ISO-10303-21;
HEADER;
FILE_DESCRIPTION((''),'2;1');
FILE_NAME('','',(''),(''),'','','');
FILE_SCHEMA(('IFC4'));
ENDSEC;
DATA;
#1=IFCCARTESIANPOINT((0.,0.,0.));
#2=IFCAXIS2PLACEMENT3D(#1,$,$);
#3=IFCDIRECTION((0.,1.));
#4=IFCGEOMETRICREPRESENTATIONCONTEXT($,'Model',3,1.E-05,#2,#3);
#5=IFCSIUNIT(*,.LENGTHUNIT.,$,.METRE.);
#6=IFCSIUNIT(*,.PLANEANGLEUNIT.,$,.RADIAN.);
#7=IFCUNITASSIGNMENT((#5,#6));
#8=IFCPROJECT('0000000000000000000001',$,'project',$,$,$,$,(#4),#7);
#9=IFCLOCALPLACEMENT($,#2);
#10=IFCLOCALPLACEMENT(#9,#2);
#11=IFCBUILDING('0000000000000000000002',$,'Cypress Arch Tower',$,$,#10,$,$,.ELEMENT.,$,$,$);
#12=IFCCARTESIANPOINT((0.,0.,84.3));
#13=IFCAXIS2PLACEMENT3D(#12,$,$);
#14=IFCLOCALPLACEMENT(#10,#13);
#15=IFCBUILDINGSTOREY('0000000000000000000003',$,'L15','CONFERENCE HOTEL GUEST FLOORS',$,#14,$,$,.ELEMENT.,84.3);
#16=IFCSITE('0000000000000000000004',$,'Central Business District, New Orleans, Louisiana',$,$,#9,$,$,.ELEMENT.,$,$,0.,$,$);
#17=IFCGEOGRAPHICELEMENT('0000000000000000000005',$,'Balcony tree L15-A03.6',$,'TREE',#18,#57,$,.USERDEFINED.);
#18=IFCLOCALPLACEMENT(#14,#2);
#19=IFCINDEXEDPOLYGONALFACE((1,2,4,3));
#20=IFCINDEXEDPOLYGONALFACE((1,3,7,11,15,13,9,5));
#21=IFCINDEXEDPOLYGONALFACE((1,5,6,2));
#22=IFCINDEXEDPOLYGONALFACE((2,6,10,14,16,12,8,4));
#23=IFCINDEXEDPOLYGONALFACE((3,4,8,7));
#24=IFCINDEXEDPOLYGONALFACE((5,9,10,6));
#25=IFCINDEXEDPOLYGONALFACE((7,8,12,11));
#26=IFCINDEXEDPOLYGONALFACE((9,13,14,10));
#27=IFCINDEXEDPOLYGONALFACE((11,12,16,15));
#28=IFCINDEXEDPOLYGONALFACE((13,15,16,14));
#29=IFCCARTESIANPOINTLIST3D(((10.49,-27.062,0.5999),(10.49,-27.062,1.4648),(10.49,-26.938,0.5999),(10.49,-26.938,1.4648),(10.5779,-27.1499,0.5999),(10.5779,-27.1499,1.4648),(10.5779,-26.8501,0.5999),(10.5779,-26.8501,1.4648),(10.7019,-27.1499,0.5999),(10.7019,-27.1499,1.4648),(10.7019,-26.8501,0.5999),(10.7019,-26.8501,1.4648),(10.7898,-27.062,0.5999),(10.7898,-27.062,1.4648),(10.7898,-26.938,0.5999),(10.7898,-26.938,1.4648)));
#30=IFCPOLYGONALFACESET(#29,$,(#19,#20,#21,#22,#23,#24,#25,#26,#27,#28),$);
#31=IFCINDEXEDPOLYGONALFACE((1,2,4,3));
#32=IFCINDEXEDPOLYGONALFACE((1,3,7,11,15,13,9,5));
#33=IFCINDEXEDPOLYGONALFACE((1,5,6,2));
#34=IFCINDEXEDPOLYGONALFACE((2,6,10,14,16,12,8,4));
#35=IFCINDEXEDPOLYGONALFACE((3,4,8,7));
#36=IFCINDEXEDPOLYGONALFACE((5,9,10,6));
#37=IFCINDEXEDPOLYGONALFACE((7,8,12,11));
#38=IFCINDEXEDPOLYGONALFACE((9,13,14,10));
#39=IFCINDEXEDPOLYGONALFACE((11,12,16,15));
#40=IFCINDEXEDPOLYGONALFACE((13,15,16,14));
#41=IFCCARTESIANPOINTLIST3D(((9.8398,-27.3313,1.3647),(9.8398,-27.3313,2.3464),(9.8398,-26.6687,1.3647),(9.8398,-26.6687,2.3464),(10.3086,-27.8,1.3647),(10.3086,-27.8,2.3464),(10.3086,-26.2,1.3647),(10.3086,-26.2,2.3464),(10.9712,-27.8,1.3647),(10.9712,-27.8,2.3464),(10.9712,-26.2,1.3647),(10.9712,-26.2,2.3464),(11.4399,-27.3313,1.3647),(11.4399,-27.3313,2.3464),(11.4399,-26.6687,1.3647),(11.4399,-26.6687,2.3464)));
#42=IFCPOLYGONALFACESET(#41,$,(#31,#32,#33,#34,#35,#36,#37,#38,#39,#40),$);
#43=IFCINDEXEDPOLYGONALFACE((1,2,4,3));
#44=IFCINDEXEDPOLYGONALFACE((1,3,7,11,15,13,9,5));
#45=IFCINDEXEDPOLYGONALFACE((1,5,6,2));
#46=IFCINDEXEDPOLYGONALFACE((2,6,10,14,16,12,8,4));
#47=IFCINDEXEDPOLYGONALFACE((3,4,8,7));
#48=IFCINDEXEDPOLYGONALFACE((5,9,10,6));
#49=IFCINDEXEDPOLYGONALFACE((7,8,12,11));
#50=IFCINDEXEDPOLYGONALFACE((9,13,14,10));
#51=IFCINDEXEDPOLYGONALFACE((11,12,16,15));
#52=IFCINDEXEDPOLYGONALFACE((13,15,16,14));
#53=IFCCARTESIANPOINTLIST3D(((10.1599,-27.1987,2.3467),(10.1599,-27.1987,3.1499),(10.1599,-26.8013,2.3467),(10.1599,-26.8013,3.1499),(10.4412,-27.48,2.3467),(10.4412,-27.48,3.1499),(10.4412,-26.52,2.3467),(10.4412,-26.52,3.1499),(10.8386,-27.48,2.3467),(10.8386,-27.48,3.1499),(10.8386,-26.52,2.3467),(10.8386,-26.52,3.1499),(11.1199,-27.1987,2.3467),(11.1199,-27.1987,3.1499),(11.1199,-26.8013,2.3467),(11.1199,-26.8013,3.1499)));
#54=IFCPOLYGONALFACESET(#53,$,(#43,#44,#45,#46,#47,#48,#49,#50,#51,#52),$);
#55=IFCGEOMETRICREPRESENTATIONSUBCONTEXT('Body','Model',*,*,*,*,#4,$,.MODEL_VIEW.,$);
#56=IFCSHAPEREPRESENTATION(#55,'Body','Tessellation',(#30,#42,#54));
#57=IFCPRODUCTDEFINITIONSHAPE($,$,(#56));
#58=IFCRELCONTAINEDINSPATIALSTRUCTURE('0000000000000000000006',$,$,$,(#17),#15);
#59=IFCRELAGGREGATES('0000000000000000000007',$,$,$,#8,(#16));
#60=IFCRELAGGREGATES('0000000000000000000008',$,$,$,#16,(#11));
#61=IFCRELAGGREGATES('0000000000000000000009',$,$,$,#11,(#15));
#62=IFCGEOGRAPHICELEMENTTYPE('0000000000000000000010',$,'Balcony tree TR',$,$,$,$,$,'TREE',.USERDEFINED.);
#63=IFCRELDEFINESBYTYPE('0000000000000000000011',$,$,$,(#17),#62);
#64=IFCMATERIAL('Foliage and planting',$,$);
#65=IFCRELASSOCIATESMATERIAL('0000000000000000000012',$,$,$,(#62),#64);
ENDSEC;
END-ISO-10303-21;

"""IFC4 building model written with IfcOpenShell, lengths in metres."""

from ifc_helpers import new_model, si_unit, direction, frame, origin, place, context, subcontext, project, spatial, polyline, outline, extrude, material, type_object, element, save


model = new_model("IFC4")

# Units and contexts
model_context = context("Model", 3, precision=1e-05, world=origin(), true_north=direction((0.0, 1.0)))
body_context = subcontext(model_context, "Body", "Model", "MODEL_VIEW")
ifc_project = project(units=[si_unit("LENGTHUNIT", "METRE"), si_unit("PLANEANGLEUNIT", "RADIAN")], contexts=[model_context])

# Site, building, storey
site_placement = place(None, origin())
site = spatial("IfcSite", under=ifc_project, at=site_placement, Name="Central Business District, New Orleans, Louisiana", CompositionType="ELEMENT", RefElevation=0.0)
building_placement = place(site_placement, origin())
building = spatial("IfcBuilding", under=site, at=building_placement, Name="Cypress Arch Tower", CompositionType="ELEMENT")
storey_placement = place(building_placement, frame((0.0, 0.0, 84.3)))
storey = spatial("IfcBuildingStorey", under=building, at=storey_placement, Name="L15", Description="CONFERENCE HOTEL GUEST FLOORS", CompositionType="ELEMENT", Elevation=84.3)

# Geographic element
ifc_material_1 = material(Name="Foliage and planting")
geographic_element_type = type_object("IfcGeographicElementType", Name="Balcony tree TR", ElementType="TREE", PredefinedType="USERDEFINED", material=ifc_material_1)
geographic_element_placement = place(storey_placement, frame((10.6399, -27.0, 0.5999), z_axis=(0.0, 0.0, 1.0), x_axis=(1.0, 0.0, 0.0)))
element("IfcGeographicElement", 1, at=geographic_element_placement, inside=storey, type_object=geographic_element_type, Name="Balcony tree L15-A03.6", ObjectType="TREE", PredefinedType="USERDEFINED", context=body_context, shape_type="SweptSolid", body=[
    extrude(outline(polyline([(0.1499, 0.062), (0.062, 0.1499), (-0.062, 0.1499), (-0.1499, 0.062), (-0.1499, -0.062), (-0.062, -0.1499), (0.062, -0.1499), (0.1499, -0.062), (0.1499, 0.062)])), origin(), (0.0, 0.0, 1.0), 0.865),
    extrude(outline(polyline([(0.8, 0.3313), (0.3313, 0.8), (-0.3313, 0.8), (-0.8, 0.3313), (-0.8, -0.3313), (-0.3313, -0.8), (0.3313, -0.8), (0.8, -0.3313), (0.8, 0.3313)])), frame((0.0, 0.0, 0.7649)), (0.0, 0.0, 1.0), 0.9817),
    extrude(outline(polyline([(0.48, 0.1987), (0.1987, 0.48), (-0.1987, 0.48), (-0.48, 0.1987), (-0.48, -0.1987), (-0.1987, -0.48), (0.1987, -0.48), (0.48, -0.1987), (0.48, 0.1987)])), frame((0.0, 0.0, 1.7468)), (0.0, 0.0, 1.0), 0.8032),
])

save(model, "model.ifc")
